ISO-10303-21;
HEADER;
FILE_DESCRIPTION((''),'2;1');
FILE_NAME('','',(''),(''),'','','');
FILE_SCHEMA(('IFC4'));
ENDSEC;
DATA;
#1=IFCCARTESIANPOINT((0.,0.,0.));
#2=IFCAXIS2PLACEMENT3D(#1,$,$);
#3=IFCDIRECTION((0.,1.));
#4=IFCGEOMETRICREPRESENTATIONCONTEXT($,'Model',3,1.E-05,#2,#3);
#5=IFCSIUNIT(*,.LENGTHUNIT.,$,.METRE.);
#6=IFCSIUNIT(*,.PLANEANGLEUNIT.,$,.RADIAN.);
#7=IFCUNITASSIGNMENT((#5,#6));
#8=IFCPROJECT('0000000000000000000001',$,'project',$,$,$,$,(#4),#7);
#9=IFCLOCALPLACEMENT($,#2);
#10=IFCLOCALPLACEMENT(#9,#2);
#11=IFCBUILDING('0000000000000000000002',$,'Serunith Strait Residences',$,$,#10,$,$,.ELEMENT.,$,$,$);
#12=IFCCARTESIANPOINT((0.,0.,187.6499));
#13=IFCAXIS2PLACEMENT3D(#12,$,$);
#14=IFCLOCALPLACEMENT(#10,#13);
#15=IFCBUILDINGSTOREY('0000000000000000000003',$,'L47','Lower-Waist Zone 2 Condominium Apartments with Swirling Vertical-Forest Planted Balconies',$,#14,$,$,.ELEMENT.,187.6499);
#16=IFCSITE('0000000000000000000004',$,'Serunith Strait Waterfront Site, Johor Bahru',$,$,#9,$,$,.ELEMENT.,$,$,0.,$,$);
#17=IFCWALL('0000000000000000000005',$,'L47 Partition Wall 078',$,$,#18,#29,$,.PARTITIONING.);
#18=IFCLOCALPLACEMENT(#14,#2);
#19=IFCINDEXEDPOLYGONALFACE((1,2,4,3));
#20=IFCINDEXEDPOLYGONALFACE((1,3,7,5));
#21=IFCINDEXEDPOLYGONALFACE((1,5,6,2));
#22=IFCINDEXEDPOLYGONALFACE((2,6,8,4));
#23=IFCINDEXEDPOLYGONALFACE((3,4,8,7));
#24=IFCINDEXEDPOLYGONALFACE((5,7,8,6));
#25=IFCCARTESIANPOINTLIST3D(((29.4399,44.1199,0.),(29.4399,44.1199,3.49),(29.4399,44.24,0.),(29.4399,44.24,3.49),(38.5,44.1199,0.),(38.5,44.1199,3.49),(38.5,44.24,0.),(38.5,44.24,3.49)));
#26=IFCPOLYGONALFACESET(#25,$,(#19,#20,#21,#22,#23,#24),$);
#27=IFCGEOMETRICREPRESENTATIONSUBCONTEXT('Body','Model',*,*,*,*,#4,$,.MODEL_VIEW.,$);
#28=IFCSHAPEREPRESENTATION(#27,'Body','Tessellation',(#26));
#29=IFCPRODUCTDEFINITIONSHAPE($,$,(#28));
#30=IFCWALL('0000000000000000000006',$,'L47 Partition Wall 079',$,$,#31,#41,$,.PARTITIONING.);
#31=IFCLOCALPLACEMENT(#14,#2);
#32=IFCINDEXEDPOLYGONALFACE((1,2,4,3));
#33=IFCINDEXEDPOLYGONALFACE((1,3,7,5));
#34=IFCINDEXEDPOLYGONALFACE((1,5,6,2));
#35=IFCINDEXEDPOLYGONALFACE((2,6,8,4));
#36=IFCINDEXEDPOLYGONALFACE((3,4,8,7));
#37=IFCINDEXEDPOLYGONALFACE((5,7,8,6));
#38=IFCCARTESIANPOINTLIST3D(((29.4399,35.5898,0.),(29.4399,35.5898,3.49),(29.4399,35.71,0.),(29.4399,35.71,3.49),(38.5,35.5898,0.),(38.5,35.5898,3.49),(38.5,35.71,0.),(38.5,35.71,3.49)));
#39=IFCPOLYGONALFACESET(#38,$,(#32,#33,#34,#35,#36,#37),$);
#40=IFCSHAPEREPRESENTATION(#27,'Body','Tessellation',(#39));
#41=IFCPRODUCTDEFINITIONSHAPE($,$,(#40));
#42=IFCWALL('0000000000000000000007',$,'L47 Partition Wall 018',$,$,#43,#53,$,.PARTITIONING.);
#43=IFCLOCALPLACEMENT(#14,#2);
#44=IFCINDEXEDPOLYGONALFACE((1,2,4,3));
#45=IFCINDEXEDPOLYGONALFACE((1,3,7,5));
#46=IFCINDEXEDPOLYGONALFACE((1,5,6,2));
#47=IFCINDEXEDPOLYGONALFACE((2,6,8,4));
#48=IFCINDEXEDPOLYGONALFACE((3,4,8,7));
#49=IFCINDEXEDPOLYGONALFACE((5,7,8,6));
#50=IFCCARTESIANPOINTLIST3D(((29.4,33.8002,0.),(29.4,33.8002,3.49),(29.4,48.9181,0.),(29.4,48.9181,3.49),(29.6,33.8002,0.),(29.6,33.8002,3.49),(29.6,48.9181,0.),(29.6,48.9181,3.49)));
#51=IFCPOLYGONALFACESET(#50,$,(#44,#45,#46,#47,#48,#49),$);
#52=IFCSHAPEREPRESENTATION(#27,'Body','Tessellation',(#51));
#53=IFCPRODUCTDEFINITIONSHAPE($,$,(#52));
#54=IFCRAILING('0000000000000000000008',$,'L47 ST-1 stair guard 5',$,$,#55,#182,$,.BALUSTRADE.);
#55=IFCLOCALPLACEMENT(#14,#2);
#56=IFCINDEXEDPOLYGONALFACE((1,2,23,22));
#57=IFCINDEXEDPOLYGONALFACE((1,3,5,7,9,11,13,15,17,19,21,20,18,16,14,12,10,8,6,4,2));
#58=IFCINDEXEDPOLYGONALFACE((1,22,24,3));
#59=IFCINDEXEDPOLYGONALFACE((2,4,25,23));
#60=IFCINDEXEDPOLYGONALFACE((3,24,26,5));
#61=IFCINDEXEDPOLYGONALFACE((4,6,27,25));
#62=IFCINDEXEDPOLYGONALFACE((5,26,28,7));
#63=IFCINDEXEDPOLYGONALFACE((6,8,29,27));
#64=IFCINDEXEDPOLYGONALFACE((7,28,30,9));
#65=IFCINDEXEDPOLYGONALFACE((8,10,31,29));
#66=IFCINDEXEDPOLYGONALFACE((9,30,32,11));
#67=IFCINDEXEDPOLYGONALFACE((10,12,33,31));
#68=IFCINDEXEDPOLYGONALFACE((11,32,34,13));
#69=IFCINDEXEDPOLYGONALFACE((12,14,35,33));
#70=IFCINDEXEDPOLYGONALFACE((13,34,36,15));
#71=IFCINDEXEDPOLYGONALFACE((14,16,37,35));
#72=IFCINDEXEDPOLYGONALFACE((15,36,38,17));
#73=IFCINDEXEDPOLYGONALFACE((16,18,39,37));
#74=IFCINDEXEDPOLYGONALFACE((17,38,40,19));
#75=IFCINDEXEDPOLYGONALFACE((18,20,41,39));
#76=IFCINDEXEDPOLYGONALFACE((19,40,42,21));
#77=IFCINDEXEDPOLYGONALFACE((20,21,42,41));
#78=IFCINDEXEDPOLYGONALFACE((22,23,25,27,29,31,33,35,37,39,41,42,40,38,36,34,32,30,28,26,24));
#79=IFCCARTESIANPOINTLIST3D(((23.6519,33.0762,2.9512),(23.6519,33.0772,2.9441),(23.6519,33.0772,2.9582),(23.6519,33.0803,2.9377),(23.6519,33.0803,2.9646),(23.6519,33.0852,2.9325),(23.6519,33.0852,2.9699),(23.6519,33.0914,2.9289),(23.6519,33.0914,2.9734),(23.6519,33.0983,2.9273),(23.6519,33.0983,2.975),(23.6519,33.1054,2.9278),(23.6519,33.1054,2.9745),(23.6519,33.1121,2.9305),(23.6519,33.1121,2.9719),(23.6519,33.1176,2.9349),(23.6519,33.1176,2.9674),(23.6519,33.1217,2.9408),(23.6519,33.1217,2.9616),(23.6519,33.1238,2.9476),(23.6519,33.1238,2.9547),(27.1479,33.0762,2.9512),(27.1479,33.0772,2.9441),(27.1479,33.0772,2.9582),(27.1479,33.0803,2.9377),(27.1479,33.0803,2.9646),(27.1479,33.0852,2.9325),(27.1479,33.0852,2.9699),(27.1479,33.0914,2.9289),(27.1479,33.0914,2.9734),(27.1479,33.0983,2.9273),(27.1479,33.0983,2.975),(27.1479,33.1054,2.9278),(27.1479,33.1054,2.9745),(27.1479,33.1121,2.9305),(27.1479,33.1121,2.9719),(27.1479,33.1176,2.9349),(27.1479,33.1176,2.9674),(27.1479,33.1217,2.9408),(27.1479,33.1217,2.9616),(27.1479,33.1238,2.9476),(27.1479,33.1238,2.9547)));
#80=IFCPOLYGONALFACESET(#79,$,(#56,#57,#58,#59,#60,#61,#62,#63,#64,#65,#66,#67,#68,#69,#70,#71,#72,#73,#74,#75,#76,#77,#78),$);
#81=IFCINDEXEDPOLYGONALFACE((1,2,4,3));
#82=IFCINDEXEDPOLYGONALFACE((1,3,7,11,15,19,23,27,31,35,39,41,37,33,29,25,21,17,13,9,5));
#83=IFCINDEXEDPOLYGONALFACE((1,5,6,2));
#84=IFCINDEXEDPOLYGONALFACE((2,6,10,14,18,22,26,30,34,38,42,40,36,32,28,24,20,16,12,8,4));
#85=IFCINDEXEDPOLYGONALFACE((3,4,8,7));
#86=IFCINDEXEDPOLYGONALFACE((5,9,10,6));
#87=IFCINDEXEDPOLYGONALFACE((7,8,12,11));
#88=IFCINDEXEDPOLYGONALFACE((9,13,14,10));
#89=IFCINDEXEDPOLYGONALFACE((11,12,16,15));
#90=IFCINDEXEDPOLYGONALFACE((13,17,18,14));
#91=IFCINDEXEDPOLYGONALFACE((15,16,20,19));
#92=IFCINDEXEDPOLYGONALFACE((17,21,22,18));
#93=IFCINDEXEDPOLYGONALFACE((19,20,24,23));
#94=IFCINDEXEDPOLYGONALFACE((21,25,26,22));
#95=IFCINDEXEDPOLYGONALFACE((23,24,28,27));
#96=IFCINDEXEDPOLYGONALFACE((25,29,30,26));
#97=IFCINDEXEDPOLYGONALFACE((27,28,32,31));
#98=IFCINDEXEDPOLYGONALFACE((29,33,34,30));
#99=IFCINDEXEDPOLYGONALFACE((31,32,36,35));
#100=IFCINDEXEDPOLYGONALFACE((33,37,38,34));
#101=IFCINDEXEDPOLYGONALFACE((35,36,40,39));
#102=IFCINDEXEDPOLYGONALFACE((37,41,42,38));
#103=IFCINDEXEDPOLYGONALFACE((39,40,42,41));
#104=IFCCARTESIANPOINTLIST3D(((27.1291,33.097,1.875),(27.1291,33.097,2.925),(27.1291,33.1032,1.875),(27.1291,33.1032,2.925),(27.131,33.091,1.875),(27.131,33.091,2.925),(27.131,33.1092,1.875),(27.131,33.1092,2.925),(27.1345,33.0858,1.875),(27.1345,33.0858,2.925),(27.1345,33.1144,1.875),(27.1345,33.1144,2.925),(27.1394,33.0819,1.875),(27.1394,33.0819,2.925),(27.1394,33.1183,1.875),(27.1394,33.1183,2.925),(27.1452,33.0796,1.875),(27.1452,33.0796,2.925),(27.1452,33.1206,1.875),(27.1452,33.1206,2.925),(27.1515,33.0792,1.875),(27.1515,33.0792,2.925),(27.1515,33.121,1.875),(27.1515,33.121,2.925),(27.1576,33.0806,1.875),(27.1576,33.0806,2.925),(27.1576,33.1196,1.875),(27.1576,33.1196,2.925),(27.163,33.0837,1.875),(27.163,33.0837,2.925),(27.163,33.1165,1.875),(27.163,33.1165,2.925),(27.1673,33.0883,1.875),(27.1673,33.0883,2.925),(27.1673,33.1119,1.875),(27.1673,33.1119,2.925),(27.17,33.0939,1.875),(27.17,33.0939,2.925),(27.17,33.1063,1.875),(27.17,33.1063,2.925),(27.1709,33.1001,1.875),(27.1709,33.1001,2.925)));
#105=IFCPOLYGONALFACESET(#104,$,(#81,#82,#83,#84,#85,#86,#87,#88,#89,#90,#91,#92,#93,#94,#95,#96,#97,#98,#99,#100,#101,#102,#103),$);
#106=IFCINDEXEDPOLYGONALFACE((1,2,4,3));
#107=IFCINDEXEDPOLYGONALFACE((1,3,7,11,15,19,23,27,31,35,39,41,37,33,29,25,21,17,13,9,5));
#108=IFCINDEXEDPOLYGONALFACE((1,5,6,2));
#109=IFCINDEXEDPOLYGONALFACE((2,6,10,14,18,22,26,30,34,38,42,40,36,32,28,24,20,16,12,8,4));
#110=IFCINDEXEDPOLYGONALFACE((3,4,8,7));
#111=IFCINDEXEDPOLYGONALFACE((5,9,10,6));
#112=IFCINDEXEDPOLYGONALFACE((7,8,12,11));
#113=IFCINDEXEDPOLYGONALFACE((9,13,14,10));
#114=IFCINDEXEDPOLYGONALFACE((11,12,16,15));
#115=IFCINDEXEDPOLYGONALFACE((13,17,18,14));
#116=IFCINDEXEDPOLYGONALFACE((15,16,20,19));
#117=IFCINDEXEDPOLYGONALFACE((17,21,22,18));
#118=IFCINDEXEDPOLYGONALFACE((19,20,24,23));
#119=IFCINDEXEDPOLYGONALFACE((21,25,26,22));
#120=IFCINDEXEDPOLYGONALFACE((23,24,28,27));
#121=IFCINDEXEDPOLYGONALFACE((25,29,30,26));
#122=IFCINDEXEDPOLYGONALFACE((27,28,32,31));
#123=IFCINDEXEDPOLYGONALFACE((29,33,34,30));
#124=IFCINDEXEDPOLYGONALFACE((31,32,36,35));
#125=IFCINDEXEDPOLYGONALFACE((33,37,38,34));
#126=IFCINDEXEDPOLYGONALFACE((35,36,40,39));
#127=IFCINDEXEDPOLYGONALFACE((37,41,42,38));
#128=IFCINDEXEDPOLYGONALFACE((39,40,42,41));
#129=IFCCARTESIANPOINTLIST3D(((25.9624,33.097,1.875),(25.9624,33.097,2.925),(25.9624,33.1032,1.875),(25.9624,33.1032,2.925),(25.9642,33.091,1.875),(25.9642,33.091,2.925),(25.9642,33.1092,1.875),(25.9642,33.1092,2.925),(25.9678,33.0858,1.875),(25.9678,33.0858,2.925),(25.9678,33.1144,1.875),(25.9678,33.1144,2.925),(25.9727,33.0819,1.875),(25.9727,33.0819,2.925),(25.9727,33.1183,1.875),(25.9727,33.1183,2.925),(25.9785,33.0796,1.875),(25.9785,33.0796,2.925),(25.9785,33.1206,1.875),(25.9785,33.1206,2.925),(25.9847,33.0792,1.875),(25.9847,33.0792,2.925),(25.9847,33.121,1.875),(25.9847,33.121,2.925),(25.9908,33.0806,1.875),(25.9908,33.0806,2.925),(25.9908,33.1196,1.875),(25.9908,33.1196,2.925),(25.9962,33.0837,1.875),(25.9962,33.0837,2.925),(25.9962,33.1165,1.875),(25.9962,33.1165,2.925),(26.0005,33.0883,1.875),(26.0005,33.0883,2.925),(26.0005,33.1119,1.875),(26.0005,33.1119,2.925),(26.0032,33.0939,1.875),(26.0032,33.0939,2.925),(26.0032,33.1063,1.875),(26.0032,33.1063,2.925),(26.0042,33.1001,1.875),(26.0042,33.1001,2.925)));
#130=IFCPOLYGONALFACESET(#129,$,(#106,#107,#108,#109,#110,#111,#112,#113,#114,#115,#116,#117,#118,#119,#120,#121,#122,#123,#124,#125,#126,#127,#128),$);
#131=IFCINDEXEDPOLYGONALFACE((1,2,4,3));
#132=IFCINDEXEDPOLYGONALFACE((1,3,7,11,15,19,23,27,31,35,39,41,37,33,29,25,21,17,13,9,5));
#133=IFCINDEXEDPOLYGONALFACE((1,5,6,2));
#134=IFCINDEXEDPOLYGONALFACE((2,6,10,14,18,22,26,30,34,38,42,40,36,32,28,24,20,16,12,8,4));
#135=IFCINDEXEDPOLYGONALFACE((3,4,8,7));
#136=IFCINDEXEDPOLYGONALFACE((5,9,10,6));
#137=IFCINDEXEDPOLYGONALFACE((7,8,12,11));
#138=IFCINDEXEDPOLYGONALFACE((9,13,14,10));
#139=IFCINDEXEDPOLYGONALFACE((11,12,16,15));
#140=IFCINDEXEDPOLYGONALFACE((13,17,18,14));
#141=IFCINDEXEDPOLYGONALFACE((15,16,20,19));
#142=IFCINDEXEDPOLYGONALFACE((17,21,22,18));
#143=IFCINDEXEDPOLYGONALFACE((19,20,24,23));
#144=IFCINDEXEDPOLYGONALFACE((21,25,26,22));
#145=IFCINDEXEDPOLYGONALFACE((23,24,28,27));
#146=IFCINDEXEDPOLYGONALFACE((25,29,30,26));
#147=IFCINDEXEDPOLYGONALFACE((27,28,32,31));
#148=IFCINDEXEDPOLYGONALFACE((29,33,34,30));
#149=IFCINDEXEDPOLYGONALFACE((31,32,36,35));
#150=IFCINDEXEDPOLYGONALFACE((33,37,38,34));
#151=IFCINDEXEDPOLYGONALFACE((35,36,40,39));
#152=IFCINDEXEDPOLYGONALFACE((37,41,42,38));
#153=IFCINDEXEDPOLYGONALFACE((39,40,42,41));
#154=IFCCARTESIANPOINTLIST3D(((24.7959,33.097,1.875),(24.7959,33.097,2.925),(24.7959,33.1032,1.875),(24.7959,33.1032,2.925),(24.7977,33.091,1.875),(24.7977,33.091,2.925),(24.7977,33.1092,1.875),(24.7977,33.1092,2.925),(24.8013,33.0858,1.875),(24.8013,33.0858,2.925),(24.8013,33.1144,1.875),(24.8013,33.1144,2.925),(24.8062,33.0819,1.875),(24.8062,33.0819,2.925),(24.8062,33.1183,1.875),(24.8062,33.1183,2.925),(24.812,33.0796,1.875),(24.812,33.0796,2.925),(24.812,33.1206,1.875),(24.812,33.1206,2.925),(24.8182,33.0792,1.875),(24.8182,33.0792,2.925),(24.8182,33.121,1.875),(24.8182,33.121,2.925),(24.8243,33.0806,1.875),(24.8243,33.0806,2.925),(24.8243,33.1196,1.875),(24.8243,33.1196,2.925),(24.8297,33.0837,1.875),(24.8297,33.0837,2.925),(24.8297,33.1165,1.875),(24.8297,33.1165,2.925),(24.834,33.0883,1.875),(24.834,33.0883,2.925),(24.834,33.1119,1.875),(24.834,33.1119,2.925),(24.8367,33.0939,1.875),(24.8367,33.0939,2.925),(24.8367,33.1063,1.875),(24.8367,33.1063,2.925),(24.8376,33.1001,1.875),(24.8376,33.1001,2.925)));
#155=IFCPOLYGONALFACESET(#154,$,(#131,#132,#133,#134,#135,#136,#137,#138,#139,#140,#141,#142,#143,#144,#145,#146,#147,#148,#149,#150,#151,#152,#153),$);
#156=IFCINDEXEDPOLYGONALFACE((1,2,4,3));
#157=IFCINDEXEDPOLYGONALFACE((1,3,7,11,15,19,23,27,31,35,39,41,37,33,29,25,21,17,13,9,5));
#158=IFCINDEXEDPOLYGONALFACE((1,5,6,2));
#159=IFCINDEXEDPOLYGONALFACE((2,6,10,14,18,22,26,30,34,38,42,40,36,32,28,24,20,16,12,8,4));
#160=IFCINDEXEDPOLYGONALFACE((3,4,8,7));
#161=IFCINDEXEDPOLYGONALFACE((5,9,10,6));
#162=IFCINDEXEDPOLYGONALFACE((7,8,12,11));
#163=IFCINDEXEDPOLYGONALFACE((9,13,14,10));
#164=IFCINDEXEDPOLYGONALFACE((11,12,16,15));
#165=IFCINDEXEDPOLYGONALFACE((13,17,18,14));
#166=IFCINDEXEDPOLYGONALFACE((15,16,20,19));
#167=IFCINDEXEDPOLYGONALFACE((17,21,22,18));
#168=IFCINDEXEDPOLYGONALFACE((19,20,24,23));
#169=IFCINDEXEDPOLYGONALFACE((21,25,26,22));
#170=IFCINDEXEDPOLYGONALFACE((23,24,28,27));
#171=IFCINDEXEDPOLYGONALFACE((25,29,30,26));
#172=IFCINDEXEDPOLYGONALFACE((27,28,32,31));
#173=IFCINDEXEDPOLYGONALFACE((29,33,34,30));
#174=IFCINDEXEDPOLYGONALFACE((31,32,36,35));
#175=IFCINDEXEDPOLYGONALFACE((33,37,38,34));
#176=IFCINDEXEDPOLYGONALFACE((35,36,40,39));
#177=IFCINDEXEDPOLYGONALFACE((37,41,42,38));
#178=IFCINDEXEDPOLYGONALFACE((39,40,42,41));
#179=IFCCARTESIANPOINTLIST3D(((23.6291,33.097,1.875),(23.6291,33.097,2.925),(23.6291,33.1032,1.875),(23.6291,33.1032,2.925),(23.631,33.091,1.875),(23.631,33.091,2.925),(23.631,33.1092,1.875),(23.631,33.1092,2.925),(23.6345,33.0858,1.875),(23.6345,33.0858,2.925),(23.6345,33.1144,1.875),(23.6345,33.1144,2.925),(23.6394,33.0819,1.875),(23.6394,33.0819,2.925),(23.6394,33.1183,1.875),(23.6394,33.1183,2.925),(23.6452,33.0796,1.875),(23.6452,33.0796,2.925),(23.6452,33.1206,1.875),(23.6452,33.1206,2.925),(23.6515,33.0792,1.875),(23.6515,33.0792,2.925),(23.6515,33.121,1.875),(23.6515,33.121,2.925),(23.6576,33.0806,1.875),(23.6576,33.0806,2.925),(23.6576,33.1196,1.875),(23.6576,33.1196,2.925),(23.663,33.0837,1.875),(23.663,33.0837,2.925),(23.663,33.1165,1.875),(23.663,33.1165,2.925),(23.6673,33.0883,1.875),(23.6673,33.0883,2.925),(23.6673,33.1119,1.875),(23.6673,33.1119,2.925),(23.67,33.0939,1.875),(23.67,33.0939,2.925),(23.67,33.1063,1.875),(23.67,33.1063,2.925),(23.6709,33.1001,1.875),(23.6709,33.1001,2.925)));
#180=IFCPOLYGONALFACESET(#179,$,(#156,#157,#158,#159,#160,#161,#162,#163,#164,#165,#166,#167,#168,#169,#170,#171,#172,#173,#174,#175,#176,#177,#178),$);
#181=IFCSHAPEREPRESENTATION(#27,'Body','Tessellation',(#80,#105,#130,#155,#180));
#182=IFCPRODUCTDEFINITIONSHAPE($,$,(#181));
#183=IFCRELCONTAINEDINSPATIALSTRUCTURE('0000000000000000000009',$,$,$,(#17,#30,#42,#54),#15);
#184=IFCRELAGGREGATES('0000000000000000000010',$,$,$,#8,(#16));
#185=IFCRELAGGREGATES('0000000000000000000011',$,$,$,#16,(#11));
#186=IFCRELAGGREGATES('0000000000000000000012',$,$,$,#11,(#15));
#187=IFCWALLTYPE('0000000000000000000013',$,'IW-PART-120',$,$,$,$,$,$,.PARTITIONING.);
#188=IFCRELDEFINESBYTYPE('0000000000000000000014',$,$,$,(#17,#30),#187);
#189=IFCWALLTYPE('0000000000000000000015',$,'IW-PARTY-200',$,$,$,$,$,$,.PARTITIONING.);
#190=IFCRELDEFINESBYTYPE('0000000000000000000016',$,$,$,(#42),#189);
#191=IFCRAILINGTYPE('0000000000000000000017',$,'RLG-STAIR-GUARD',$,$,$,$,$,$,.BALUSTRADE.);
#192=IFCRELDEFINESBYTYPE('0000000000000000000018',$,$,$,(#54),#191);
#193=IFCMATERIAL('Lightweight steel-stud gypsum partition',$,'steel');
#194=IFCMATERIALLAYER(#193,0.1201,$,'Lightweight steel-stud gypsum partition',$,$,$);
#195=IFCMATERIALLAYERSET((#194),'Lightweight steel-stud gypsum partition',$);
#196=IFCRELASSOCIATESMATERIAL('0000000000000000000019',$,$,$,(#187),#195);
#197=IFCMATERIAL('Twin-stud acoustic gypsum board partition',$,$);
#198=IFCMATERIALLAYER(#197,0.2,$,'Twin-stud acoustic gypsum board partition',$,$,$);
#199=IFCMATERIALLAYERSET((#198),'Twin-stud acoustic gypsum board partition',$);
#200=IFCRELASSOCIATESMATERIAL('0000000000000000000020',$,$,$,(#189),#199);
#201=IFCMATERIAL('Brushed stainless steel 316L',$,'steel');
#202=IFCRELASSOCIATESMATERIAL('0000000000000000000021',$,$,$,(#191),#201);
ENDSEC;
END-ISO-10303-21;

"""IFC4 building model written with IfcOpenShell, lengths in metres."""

from ifc_helpers import new_model, si_unit, direction, frame, frame_2d, origin, origin_2d, place, context, subcontext, project, spatial, rectangle, circle, extrude, material, layer, layer_set, type_object, element, save


model = new_model("IFC4")

# Units and contexts
model_context = context("Model", 3, precision=1e-05, world=origin(), true_north=direction((0.0, 1.0)))
body_context = subcontext(model_context, "Body", "Model", "MODEL_VIEW")
ifc_project = project(units=[si_unit("LENGTHUNIT", "METRE"), si_unit("PLANEANGLEUNIT", "RADIAN")], contexts=[model_context])

# Site, building, storey
site_placement = place(None, origin())
site = spatial("IfcSite", under=ifc_project, at=site_placement, Name="Serunith Strait Waterfront Site, Johor Bahru", CompositionType="ELEMENT", RefElevation=0.0)
building_placement = place(site_placement, origin())
building = spatial("IfcBuilding", under=site, at=building_placement, Name="Serunith Strait Residences", CompositionType="ELEMENT")
storey_placement = place(building_placement, frame((0.0, 0.0, 187.6499)))
storey = spatial("IfcBuildingStorey", under=building, at=storey_placement, Name="L47", Description="Lower-Waist Zone 2 Condominium Apartments with Swirling Vertical-Forest Planted Balconies", CompositionType="ELEMENT", Elevation=187.6499)

# Shared definitions
ifc_material_1 = material(Name="Lightweight steel-stud gypsum partition", Category="steel")
ifc_layer_1 = layer(ifc_material_1, 0.1201, Name="Lightweight steel-stud gypsum partition")
ifc_layer_set_1 = layer_set([ifc_layer_1], Name="Lightweight steel-stud gypsum partition")
wall_type_1 = type_object("IfcWallType", Name="IW-PART-120", PredefinedType="PARTITIONING", material=ifc_layer_set_1)

# Walls
for number, where, z_axis, x_axis, name in (
    (1, (29.4399, 44.1799, 0.0), (0.0, 0.0, 1.0), (1.0, 0.0, 0.0), "L47 Partition Wall 078"),
    (2, (29.4399, 35.6499, 0.0), (0.0, 0.0, 1.0), (1.0, 0.0, 0.0), "L47 Partition Wall 079"),
):
    element("IfcWall", number, at=place(storey_placement, frame(where, z_axis=z_axis, x_axis=x_axis)), inside=storey, type_object=wall_type_1, Name=name, PredefinedType="PARTITIONING", context=body_context, shape_type="SweptSolid", body=[
        extrude(rectangle(XDim=9.0601, YDim=0.1201, at=frame_2d((4.53, 0.0))), origin(), (0.0, 0.0, 1.0), 3.49),
    ])
ifc_material_2 = material(Name="Twin-stud acoustic gypsum board partition")
ifc_layer_2 = layer(ifc_material_2, 0.2, Name="Twin-stud acoustic gypsum board partition")
ifc_layer_set_2 = layer_set([ifc_layer_2], Name="Twin-stud acoustic gypsum board partition")
wall_type_2 = type_object("IfcWallType", Name="IW-PARTY-200", PredefinedType="PARTITIONING", material=ifc_layer_set_2)
wall_1_placement = place(storey_placement, frame((29.5, 33.8, 0.0), z_axis=(0.0, 0.0, 1.0), x_axis=(0.0, 1.0, 0.0)))
element("IfcWall", 3, at=wall_1_placement, inside=storey, type_object=wall_type_2, Name="L47 Partition Wall 018", PredefinedType="PARTITIONING", context=body_context, shape_type="SweptSolid", body=[
    extrude(rectangle(XDim=15.1179, YDim=0.2, at=frame_2d((7.5591, 0.0))), origin(), (0.0, 0.0, 1.0), 3.49),
])

# Railing
ifc_material_3 = material(Name="Brushed stainless steel 316L", Category="steel")
railing_type = type_object("IfcRailingType", Name="RLG-STAIR-GUARD", PredefinedType="BALUSTRADE", material=ifc_material_3)
railing_1_placement = place(storey_placement, frame((27.1499, 33.1001, 1.875)))
element("IfcRailing", 4, at=railing_1_placement, inside=storey, type_object=railing_type, Name="L47 ST-1 stair guard 5", PredefinedType="BALUSTRADE", context=body_context, shape_type="SweptSolid", body=[
    extrude(circle(Radius=0.0239, at=origin_2d()), frame((-0.002, 0.0, 1.0762), z_axis=(-1.0, 0.0, 0.0), x_axis=(0.0, -1.0, 0.0)), (0.0, 0.0, 1.0), 3.4961),
    extrude(circle(Radius=0.021, at=origin_2d()), origin(), (0.0, 0.0, 1.0), 1.05),
    extrude(circle(Radius=0.021, at=origin_2d()), frame((-1.1667, 0.0, 0.0)), (0.0, 0.0, 1.0), 1.05),
    extrude(circle(Radius=0.021, at=origin_2d()), frame((-2.3333, 0.0, 0.0)), (0.0, 0.0, 1.0), 1.05),
    extrude(circle(Radius=0.021, at=origin_2d()), frame((-3.5, 0.0, 0.0)), (0.0, 0.0, 1.0), 1.05),
])

save(model, "model.ifc")
